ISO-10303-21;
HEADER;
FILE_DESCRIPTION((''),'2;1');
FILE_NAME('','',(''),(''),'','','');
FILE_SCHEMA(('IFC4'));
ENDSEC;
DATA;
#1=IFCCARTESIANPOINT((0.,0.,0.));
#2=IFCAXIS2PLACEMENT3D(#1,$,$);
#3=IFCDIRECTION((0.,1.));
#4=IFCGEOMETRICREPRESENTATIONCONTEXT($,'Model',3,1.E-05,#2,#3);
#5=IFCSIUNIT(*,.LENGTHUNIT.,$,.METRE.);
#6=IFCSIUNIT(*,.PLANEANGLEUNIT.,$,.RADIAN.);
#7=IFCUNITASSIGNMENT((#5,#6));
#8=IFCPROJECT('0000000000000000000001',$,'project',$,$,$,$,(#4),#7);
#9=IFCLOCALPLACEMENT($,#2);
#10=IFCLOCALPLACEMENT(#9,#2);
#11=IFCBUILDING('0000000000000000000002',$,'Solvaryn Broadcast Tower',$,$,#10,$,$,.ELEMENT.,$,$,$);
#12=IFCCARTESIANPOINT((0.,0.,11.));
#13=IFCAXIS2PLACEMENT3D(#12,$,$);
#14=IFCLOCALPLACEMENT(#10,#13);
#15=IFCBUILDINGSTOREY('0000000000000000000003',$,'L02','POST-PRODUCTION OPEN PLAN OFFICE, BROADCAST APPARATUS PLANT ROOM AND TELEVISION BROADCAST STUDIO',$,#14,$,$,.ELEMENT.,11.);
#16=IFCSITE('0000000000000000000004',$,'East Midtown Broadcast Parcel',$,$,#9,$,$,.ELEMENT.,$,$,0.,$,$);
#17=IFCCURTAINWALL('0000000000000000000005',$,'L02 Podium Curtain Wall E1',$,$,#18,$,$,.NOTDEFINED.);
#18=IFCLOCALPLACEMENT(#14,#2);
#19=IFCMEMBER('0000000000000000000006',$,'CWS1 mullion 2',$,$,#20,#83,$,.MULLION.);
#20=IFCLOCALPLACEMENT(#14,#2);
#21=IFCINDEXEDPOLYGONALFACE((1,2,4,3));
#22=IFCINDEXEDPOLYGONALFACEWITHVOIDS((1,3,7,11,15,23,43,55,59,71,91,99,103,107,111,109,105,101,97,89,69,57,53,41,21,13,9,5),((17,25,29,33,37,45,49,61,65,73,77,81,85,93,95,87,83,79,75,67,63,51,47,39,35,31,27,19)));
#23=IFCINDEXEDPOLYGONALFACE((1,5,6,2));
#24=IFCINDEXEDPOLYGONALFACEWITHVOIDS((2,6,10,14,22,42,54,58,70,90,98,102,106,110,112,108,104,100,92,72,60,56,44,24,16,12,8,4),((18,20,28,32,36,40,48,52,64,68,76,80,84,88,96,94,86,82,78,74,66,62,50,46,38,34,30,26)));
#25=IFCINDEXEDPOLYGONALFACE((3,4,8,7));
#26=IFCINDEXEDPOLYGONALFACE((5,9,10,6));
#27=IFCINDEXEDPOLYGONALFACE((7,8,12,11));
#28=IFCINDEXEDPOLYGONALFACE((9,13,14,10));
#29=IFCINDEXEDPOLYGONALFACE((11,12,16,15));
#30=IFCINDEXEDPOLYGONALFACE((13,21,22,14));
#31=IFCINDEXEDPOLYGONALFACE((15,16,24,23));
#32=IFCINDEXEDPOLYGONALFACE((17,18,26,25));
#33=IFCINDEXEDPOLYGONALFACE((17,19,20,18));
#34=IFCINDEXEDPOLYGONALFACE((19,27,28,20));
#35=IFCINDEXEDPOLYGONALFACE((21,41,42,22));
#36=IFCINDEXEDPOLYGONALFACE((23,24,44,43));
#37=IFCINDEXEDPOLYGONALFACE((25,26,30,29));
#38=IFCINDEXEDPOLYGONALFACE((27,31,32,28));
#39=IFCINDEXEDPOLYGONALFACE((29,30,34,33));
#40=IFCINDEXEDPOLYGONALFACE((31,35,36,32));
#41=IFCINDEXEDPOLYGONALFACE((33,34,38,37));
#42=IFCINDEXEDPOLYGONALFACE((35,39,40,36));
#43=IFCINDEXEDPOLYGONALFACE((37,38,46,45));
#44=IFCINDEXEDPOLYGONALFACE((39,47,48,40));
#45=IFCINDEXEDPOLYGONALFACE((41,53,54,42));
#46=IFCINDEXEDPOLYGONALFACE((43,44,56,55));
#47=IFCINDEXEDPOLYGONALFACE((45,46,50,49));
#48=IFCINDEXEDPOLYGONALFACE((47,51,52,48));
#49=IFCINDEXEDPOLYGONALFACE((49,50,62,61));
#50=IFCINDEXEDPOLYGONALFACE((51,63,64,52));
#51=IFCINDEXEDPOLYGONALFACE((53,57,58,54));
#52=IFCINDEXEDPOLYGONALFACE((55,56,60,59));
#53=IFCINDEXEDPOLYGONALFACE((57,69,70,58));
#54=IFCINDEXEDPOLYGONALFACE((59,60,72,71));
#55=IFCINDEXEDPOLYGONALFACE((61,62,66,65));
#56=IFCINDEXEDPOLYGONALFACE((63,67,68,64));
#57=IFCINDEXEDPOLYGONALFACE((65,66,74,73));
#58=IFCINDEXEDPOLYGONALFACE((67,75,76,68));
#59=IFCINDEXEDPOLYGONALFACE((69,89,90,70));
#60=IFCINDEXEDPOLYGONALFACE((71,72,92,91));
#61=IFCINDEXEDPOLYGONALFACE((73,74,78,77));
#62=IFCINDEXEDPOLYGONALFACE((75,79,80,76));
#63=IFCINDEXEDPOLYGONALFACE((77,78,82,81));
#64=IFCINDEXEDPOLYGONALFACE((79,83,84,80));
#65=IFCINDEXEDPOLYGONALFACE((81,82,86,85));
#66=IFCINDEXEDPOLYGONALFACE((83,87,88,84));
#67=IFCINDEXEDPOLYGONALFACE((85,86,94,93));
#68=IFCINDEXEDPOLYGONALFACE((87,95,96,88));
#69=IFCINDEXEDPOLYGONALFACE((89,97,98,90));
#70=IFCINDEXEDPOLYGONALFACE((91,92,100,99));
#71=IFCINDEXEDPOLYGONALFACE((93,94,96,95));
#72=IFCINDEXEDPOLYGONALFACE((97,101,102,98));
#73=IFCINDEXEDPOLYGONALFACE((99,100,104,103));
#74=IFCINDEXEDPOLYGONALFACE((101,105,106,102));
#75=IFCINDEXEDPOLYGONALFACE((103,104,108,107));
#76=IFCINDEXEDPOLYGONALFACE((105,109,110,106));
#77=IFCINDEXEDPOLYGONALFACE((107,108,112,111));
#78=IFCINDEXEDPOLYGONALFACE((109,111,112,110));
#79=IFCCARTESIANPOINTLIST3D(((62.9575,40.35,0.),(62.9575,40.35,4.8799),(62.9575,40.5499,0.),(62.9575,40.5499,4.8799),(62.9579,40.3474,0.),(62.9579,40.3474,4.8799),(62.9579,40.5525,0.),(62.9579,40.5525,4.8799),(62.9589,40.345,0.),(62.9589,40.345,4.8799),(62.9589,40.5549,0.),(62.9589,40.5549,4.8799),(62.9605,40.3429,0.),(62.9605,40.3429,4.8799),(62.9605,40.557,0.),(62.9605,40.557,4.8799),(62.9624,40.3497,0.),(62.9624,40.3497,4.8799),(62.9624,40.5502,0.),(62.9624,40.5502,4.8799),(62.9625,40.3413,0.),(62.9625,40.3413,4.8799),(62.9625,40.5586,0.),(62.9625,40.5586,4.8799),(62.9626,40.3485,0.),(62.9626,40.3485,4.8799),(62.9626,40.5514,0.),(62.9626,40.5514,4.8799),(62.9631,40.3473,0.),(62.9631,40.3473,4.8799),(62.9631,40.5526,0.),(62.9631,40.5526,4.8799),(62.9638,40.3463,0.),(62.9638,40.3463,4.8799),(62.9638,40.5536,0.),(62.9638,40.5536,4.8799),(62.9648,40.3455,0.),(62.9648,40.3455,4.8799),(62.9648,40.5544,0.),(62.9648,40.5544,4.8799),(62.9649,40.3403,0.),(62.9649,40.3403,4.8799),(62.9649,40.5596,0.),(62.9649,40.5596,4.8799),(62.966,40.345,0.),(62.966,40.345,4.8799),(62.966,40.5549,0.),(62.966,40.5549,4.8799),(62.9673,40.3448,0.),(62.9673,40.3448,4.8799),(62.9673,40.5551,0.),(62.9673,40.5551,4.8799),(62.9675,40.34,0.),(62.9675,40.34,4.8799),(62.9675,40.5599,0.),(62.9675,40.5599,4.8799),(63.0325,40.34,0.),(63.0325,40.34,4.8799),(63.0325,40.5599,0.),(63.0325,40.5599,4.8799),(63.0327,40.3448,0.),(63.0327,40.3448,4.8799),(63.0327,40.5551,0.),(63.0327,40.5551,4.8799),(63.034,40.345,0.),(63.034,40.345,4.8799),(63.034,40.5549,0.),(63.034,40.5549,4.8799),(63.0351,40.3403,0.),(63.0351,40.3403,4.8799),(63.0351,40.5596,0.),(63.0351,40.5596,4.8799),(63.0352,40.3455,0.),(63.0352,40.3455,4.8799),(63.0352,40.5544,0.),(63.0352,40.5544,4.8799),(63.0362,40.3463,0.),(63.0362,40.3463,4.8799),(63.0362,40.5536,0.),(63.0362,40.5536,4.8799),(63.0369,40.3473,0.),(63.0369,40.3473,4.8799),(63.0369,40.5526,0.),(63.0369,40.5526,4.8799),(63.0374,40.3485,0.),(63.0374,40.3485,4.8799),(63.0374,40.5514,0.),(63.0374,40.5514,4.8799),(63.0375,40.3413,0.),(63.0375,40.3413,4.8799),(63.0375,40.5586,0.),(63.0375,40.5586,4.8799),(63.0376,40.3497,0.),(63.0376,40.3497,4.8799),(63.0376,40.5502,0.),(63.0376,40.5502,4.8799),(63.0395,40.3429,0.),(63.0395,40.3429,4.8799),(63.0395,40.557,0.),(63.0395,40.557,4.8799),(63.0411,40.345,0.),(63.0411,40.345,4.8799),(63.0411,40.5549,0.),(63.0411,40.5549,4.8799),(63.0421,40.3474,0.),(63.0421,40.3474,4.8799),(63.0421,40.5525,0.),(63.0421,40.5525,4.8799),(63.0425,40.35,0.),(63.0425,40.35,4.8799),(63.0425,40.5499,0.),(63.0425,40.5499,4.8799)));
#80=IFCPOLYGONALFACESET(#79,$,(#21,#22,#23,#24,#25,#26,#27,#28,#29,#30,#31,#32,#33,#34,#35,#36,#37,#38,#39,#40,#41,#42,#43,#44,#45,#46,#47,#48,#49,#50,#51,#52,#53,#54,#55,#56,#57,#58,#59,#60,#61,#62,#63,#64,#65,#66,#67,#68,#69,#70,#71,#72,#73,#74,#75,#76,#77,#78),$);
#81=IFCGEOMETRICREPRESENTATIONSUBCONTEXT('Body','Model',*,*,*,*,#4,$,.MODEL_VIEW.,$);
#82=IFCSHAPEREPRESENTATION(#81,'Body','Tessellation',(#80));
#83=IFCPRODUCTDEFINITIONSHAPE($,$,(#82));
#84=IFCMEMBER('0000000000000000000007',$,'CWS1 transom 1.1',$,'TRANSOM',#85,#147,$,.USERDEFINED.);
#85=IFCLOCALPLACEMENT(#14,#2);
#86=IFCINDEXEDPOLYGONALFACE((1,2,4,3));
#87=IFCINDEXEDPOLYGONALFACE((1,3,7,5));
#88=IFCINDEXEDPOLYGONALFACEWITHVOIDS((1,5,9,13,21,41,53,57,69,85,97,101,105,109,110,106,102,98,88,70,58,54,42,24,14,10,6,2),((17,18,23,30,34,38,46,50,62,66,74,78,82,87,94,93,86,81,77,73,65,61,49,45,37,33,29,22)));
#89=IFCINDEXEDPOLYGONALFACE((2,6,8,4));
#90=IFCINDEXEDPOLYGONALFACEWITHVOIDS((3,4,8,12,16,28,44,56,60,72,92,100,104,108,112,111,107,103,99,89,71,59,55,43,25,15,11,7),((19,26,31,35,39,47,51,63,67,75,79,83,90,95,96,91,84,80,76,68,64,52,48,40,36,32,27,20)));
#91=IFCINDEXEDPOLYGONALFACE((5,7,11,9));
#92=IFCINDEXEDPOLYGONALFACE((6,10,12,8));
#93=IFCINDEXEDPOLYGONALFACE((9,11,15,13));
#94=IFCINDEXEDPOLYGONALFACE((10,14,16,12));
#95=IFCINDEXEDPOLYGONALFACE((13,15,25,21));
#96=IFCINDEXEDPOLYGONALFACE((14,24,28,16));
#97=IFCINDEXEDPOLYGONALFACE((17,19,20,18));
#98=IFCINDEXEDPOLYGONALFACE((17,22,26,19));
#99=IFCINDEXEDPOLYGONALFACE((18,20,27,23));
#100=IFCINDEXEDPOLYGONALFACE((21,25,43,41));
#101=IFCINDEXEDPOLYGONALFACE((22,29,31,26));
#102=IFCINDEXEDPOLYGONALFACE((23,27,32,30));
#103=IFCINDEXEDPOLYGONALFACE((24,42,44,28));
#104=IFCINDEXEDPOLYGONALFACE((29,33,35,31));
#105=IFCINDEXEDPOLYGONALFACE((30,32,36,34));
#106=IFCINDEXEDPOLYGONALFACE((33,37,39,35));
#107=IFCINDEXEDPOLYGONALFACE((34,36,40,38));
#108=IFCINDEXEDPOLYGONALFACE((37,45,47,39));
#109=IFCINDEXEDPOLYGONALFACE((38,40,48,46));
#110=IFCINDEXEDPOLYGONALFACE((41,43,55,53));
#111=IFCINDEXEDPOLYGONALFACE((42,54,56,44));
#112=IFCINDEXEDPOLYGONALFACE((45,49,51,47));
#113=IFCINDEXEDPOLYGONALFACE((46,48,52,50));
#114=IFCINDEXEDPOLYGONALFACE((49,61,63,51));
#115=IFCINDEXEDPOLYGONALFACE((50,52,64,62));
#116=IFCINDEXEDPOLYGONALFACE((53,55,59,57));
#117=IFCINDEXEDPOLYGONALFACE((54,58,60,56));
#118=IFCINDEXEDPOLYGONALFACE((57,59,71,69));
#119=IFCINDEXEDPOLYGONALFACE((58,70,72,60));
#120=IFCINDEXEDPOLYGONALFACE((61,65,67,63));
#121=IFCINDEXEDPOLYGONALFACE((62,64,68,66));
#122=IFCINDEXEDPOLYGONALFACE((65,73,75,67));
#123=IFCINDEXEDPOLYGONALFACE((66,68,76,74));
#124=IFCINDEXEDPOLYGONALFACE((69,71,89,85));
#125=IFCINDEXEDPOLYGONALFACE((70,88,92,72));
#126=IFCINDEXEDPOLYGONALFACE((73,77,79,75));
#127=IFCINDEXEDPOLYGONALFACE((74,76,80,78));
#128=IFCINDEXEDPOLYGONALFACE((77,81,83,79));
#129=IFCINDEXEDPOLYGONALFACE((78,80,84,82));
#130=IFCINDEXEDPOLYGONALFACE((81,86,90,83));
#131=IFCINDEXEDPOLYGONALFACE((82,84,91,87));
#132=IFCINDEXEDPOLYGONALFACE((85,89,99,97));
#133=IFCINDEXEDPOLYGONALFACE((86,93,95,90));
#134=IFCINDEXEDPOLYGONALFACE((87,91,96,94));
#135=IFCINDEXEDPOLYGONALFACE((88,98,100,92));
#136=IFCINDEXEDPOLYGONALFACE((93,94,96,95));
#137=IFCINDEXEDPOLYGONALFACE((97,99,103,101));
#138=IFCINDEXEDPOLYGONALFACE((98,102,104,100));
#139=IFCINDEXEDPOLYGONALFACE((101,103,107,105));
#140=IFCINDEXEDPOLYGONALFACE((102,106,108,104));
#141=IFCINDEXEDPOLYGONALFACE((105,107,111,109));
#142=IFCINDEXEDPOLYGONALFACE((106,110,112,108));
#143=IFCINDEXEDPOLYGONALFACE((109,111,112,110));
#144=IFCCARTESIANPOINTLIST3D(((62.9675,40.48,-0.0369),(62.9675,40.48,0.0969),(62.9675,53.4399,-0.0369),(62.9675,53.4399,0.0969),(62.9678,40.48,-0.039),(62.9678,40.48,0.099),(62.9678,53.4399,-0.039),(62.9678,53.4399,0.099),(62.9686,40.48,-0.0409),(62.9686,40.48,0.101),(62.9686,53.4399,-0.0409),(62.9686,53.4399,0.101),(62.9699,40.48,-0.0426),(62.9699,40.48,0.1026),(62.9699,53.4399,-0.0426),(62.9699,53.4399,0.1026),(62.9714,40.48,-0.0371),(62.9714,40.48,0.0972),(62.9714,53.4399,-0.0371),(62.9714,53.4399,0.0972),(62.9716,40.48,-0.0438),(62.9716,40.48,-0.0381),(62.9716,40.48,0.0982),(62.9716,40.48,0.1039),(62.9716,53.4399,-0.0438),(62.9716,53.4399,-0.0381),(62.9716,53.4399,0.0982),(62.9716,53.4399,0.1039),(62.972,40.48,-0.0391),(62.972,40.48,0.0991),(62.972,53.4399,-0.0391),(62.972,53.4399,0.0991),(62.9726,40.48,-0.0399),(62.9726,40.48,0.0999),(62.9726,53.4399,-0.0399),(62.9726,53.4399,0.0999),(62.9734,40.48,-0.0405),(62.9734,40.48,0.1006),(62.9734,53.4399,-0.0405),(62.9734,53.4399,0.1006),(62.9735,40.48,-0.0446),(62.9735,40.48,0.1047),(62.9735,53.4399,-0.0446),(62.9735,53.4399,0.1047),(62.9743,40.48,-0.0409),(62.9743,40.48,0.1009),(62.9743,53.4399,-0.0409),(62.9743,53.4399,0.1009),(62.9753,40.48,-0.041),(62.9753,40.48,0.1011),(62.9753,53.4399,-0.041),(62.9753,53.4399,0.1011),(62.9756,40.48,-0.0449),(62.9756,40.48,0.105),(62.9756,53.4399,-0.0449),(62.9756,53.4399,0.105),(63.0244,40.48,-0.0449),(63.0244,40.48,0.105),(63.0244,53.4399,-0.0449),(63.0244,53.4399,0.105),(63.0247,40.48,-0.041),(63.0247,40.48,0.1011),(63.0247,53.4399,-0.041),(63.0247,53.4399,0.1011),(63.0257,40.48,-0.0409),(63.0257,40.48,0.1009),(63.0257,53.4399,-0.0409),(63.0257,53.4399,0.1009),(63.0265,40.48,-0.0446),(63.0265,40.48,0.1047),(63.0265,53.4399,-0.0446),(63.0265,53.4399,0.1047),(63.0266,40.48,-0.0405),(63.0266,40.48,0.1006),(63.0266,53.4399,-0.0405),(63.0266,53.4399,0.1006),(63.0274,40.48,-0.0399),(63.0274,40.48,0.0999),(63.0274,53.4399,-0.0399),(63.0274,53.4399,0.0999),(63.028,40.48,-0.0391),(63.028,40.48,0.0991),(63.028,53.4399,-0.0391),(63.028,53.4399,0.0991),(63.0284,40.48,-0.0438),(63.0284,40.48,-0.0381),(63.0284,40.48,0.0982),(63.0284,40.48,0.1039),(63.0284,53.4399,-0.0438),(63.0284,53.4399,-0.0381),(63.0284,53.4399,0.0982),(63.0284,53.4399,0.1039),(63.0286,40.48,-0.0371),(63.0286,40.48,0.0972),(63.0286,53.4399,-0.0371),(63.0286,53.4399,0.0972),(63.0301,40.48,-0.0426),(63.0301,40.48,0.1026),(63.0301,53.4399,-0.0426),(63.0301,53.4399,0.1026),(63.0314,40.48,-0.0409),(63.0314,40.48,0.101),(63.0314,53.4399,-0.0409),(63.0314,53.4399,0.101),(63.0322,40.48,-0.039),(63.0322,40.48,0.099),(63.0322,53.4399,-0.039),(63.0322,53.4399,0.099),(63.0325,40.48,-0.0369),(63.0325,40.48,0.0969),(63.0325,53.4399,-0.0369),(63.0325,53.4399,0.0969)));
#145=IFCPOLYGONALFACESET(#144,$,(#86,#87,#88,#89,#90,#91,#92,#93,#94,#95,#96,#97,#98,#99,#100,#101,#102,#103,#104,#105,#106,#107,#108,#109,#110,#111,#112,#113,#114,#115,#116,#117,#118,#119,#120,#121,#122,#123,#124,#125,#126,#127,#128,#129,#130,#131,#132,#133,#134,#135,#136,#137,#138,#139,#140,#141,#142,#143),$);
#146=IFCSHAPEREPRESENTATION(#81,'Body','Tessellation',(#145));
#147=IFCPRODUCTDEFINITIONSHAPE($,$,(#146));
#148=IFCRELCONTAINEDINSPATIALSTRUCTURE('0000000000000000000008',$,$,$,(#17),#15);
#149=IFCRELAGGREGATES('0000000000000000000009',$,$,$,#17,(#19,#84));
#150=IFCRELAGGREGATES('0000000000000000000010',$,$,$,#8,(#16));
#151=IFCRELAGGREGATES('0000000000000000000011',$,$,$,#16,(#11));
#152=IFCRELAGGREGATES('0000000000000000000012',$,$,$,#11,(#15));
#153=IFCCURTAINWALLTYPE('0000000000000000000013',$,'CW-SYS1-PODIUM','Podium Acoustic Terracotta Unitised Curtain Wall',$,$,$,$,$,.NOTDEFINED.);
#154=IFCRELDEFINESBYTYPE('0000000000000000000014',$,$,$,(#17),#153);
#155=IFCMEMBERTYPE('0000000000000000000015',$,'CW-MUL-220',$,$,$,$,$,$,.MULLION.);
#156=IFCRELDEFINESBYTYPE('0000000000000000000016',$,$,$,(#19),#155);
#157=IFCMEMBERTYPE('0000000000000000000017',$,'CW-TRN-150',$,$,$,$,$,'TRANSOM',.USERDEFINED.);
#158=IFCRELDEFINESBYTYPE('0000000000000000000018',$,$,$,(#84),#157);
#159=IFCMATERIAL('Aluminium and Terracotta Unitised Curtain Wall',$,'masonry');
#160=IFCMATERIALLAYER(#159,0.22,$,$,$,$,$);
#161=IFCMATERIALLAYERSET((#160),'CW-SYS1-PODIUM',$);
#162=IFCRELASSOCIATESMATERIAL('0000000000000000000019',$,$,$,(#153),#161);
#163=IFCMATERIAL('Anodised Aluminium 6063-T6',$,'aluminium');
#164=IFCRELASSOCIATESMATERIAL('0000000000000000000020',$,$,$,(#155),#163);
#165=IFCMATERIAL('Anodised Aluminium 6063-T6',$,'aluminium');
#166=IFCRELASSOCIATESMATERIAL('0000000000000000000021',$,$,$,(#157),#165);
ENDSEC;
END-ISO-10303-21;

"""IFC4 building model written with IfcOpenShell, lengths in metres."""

from ifc_helpers import new_model, si_unit, direction, frame, origin, origin_2d, place, context, subcontext, project, spatial, hollow_rectangle, extrude, material, layer, layer_set, material_profile, profile_set, type_object, element, aggregate, save


model = new_model("IFC4")

# Units and contexts
model_context = context("Model", 3, precision=1e-05, world=origin(), true_north=direction((0.0, 1.0)))
body_context = subcontext(model_context, "Body", "Model", "MODEL_VIEW")
ifc_project = project(units=[si_unit("LENGTHUNIT", "METRE"), si_unit("PLANEANGLEUNIT", "RADIAN")], contexts=[model_context])

# Site, building, storey
site_placement = place(None, origin())
site = spatial("IfcSite", under=ifc_project, at=site_placement, Name="East Midtown Broadcast Parcel", CompositionType="ELEMENT", RefElevation=0.0)
building_placement = place(site_placement, origin())
building = spatial("IfcBuilding", under=site, at=building_placement, Name="Solvaryn Broadcast Tower", CompositionType="ELEMENT")
storey_placement = place(building_placement, frame((0.0, 0.0, 11.0)))
storey = spatial("IfcBuildingStorey", under=building, at=storey_placement, Name="L02", Description="POST-PRODUCTION OPEN PLAN OFFICE, BROADCAST APPARATUS PLANT ROOM AND TELEVISION BROADCAST STUDIO", CompositionType="ELEMENT", Elevation=11.0)

# Shared definitions
ifc_material_1 = material(Name="Aluminium and Terracotta Unitised Curtain Wall", Category="masonry")
ifc_layer_1 = layer(ifc_material_1, 0.22)
ifc_layer_set_1 = layer_set([ifc_layer_1], Name="CW-SYS1-PODIUM")
curtain_wall_type = type_object("IfcCurtainWallType", Name="CW-SYS1-PODIUM", Description="Podium Acoustic Terracotta Unitised Curtain Wall", PredefinedType="NOTDEFINED", material=ifc_layer_set_1)
ifc_material_2 = material(Name="Anodised Aluminium 6063-T6", Category="aluminium")
ifc_material_profile_1 = material_profile(ifc_material_2, hollow_rectangle(XDim=0.085, YDim=0.22, WallThickness=0.0049, InnerFilletRadius=0.0049, OuterFilletRadius=0.01, at=origin_2d()))
ifc_profile_set_1 = profile_set([ifc_material_profile_1], Name="Anodised Aluminium 6063-T6")
member_type_1 = type_object("IfcMemberType", Name="CW-MUL-220", PredefinedType="MULLION", material=ifc_profile_set_1)

# Curtain wall, members
curtain_wall_1_placement = place(storey_placement, origin())
curtain_wall_1 = element("IfcCurtainWall", 1, at=curtain_wall_1_placement, inside=storey, type_object=curtain_wall_type, Name="L02 Podium Curtain Wall E1", PredefinedType="NOTDEFINED")
member_1_placement = place(storey_placement, frame((63.0, 40.45, 0.0), z_axis=(0.0, 0.0, 1.0), x_axis=(1.0, 0.0, 0.0)))
member_1 = element("IfcMember", 2, at=member_1_placement, type_object=member_type_1, Name="CWS1 mullion 2", PredefinedType="MULLION", context=body_context, shape_type="SweptSolid", body=[
    extrude(hollow_rectangle(XDim=0.085, YDim=0.22, WallThickness=0.0049, InnerFilletRadius=0.0049, OuterFilletRadius=0.01, at=origin_2d()), origin(), (0.0, 0.0, 1.0), 4.8799),
])
ifc_material_3 = material(Name="Anodised Aluminium 6063-T6", Category="aluminium")
ifc_material_profile_2 = material_profile(ifc_material_3, hollow_rectangle(XDim=0.0649, YDim=0.1499, WallThickness=0.0039, InnerFilletRadius=0.0039, OuterFilletRadius=0.0081, at=origin_2d()))
ifc_profile_set_2 = profile_set([ifc_material_profile_2], Name="Anodised Aluminium 6063-T6")
member_type_2 = type_object("IfcMemberType", Name="CW-TRN-150", ElementType="TRANSOM", PredefinedType="USERDEFINED", material=ifc_profile_set_2)
member_2_placement = place(storey_placement, frame((63.0, 53.4399, 0.03), z_axis=(0.0, -1.0, 0.0), x_axis=(1.0, 0.0, 0.0)))
member_2 = element("IfcMember", 3, at=member_2_placement, type_object=member_type_2, Name="CWS1 transom 1.1", ObjectType="TRANSOM", PredefinedType="USERDEFINED", context=body_context, shape_type="SweptSolid", body=[
    extrude(hollow_rectangle(XDim=0.0649, YDim=0.1499, WallThickness=0.0039, InnerFilletRadius=0.0039, OuterFilletRadius=0.0081, at=origin_2d()), origin(), (0.0, 0.0, 1.0), 12.96),
])

aggregate(curtain_wall_1, [member_1, member_2])

save(model, "model.ifc")
